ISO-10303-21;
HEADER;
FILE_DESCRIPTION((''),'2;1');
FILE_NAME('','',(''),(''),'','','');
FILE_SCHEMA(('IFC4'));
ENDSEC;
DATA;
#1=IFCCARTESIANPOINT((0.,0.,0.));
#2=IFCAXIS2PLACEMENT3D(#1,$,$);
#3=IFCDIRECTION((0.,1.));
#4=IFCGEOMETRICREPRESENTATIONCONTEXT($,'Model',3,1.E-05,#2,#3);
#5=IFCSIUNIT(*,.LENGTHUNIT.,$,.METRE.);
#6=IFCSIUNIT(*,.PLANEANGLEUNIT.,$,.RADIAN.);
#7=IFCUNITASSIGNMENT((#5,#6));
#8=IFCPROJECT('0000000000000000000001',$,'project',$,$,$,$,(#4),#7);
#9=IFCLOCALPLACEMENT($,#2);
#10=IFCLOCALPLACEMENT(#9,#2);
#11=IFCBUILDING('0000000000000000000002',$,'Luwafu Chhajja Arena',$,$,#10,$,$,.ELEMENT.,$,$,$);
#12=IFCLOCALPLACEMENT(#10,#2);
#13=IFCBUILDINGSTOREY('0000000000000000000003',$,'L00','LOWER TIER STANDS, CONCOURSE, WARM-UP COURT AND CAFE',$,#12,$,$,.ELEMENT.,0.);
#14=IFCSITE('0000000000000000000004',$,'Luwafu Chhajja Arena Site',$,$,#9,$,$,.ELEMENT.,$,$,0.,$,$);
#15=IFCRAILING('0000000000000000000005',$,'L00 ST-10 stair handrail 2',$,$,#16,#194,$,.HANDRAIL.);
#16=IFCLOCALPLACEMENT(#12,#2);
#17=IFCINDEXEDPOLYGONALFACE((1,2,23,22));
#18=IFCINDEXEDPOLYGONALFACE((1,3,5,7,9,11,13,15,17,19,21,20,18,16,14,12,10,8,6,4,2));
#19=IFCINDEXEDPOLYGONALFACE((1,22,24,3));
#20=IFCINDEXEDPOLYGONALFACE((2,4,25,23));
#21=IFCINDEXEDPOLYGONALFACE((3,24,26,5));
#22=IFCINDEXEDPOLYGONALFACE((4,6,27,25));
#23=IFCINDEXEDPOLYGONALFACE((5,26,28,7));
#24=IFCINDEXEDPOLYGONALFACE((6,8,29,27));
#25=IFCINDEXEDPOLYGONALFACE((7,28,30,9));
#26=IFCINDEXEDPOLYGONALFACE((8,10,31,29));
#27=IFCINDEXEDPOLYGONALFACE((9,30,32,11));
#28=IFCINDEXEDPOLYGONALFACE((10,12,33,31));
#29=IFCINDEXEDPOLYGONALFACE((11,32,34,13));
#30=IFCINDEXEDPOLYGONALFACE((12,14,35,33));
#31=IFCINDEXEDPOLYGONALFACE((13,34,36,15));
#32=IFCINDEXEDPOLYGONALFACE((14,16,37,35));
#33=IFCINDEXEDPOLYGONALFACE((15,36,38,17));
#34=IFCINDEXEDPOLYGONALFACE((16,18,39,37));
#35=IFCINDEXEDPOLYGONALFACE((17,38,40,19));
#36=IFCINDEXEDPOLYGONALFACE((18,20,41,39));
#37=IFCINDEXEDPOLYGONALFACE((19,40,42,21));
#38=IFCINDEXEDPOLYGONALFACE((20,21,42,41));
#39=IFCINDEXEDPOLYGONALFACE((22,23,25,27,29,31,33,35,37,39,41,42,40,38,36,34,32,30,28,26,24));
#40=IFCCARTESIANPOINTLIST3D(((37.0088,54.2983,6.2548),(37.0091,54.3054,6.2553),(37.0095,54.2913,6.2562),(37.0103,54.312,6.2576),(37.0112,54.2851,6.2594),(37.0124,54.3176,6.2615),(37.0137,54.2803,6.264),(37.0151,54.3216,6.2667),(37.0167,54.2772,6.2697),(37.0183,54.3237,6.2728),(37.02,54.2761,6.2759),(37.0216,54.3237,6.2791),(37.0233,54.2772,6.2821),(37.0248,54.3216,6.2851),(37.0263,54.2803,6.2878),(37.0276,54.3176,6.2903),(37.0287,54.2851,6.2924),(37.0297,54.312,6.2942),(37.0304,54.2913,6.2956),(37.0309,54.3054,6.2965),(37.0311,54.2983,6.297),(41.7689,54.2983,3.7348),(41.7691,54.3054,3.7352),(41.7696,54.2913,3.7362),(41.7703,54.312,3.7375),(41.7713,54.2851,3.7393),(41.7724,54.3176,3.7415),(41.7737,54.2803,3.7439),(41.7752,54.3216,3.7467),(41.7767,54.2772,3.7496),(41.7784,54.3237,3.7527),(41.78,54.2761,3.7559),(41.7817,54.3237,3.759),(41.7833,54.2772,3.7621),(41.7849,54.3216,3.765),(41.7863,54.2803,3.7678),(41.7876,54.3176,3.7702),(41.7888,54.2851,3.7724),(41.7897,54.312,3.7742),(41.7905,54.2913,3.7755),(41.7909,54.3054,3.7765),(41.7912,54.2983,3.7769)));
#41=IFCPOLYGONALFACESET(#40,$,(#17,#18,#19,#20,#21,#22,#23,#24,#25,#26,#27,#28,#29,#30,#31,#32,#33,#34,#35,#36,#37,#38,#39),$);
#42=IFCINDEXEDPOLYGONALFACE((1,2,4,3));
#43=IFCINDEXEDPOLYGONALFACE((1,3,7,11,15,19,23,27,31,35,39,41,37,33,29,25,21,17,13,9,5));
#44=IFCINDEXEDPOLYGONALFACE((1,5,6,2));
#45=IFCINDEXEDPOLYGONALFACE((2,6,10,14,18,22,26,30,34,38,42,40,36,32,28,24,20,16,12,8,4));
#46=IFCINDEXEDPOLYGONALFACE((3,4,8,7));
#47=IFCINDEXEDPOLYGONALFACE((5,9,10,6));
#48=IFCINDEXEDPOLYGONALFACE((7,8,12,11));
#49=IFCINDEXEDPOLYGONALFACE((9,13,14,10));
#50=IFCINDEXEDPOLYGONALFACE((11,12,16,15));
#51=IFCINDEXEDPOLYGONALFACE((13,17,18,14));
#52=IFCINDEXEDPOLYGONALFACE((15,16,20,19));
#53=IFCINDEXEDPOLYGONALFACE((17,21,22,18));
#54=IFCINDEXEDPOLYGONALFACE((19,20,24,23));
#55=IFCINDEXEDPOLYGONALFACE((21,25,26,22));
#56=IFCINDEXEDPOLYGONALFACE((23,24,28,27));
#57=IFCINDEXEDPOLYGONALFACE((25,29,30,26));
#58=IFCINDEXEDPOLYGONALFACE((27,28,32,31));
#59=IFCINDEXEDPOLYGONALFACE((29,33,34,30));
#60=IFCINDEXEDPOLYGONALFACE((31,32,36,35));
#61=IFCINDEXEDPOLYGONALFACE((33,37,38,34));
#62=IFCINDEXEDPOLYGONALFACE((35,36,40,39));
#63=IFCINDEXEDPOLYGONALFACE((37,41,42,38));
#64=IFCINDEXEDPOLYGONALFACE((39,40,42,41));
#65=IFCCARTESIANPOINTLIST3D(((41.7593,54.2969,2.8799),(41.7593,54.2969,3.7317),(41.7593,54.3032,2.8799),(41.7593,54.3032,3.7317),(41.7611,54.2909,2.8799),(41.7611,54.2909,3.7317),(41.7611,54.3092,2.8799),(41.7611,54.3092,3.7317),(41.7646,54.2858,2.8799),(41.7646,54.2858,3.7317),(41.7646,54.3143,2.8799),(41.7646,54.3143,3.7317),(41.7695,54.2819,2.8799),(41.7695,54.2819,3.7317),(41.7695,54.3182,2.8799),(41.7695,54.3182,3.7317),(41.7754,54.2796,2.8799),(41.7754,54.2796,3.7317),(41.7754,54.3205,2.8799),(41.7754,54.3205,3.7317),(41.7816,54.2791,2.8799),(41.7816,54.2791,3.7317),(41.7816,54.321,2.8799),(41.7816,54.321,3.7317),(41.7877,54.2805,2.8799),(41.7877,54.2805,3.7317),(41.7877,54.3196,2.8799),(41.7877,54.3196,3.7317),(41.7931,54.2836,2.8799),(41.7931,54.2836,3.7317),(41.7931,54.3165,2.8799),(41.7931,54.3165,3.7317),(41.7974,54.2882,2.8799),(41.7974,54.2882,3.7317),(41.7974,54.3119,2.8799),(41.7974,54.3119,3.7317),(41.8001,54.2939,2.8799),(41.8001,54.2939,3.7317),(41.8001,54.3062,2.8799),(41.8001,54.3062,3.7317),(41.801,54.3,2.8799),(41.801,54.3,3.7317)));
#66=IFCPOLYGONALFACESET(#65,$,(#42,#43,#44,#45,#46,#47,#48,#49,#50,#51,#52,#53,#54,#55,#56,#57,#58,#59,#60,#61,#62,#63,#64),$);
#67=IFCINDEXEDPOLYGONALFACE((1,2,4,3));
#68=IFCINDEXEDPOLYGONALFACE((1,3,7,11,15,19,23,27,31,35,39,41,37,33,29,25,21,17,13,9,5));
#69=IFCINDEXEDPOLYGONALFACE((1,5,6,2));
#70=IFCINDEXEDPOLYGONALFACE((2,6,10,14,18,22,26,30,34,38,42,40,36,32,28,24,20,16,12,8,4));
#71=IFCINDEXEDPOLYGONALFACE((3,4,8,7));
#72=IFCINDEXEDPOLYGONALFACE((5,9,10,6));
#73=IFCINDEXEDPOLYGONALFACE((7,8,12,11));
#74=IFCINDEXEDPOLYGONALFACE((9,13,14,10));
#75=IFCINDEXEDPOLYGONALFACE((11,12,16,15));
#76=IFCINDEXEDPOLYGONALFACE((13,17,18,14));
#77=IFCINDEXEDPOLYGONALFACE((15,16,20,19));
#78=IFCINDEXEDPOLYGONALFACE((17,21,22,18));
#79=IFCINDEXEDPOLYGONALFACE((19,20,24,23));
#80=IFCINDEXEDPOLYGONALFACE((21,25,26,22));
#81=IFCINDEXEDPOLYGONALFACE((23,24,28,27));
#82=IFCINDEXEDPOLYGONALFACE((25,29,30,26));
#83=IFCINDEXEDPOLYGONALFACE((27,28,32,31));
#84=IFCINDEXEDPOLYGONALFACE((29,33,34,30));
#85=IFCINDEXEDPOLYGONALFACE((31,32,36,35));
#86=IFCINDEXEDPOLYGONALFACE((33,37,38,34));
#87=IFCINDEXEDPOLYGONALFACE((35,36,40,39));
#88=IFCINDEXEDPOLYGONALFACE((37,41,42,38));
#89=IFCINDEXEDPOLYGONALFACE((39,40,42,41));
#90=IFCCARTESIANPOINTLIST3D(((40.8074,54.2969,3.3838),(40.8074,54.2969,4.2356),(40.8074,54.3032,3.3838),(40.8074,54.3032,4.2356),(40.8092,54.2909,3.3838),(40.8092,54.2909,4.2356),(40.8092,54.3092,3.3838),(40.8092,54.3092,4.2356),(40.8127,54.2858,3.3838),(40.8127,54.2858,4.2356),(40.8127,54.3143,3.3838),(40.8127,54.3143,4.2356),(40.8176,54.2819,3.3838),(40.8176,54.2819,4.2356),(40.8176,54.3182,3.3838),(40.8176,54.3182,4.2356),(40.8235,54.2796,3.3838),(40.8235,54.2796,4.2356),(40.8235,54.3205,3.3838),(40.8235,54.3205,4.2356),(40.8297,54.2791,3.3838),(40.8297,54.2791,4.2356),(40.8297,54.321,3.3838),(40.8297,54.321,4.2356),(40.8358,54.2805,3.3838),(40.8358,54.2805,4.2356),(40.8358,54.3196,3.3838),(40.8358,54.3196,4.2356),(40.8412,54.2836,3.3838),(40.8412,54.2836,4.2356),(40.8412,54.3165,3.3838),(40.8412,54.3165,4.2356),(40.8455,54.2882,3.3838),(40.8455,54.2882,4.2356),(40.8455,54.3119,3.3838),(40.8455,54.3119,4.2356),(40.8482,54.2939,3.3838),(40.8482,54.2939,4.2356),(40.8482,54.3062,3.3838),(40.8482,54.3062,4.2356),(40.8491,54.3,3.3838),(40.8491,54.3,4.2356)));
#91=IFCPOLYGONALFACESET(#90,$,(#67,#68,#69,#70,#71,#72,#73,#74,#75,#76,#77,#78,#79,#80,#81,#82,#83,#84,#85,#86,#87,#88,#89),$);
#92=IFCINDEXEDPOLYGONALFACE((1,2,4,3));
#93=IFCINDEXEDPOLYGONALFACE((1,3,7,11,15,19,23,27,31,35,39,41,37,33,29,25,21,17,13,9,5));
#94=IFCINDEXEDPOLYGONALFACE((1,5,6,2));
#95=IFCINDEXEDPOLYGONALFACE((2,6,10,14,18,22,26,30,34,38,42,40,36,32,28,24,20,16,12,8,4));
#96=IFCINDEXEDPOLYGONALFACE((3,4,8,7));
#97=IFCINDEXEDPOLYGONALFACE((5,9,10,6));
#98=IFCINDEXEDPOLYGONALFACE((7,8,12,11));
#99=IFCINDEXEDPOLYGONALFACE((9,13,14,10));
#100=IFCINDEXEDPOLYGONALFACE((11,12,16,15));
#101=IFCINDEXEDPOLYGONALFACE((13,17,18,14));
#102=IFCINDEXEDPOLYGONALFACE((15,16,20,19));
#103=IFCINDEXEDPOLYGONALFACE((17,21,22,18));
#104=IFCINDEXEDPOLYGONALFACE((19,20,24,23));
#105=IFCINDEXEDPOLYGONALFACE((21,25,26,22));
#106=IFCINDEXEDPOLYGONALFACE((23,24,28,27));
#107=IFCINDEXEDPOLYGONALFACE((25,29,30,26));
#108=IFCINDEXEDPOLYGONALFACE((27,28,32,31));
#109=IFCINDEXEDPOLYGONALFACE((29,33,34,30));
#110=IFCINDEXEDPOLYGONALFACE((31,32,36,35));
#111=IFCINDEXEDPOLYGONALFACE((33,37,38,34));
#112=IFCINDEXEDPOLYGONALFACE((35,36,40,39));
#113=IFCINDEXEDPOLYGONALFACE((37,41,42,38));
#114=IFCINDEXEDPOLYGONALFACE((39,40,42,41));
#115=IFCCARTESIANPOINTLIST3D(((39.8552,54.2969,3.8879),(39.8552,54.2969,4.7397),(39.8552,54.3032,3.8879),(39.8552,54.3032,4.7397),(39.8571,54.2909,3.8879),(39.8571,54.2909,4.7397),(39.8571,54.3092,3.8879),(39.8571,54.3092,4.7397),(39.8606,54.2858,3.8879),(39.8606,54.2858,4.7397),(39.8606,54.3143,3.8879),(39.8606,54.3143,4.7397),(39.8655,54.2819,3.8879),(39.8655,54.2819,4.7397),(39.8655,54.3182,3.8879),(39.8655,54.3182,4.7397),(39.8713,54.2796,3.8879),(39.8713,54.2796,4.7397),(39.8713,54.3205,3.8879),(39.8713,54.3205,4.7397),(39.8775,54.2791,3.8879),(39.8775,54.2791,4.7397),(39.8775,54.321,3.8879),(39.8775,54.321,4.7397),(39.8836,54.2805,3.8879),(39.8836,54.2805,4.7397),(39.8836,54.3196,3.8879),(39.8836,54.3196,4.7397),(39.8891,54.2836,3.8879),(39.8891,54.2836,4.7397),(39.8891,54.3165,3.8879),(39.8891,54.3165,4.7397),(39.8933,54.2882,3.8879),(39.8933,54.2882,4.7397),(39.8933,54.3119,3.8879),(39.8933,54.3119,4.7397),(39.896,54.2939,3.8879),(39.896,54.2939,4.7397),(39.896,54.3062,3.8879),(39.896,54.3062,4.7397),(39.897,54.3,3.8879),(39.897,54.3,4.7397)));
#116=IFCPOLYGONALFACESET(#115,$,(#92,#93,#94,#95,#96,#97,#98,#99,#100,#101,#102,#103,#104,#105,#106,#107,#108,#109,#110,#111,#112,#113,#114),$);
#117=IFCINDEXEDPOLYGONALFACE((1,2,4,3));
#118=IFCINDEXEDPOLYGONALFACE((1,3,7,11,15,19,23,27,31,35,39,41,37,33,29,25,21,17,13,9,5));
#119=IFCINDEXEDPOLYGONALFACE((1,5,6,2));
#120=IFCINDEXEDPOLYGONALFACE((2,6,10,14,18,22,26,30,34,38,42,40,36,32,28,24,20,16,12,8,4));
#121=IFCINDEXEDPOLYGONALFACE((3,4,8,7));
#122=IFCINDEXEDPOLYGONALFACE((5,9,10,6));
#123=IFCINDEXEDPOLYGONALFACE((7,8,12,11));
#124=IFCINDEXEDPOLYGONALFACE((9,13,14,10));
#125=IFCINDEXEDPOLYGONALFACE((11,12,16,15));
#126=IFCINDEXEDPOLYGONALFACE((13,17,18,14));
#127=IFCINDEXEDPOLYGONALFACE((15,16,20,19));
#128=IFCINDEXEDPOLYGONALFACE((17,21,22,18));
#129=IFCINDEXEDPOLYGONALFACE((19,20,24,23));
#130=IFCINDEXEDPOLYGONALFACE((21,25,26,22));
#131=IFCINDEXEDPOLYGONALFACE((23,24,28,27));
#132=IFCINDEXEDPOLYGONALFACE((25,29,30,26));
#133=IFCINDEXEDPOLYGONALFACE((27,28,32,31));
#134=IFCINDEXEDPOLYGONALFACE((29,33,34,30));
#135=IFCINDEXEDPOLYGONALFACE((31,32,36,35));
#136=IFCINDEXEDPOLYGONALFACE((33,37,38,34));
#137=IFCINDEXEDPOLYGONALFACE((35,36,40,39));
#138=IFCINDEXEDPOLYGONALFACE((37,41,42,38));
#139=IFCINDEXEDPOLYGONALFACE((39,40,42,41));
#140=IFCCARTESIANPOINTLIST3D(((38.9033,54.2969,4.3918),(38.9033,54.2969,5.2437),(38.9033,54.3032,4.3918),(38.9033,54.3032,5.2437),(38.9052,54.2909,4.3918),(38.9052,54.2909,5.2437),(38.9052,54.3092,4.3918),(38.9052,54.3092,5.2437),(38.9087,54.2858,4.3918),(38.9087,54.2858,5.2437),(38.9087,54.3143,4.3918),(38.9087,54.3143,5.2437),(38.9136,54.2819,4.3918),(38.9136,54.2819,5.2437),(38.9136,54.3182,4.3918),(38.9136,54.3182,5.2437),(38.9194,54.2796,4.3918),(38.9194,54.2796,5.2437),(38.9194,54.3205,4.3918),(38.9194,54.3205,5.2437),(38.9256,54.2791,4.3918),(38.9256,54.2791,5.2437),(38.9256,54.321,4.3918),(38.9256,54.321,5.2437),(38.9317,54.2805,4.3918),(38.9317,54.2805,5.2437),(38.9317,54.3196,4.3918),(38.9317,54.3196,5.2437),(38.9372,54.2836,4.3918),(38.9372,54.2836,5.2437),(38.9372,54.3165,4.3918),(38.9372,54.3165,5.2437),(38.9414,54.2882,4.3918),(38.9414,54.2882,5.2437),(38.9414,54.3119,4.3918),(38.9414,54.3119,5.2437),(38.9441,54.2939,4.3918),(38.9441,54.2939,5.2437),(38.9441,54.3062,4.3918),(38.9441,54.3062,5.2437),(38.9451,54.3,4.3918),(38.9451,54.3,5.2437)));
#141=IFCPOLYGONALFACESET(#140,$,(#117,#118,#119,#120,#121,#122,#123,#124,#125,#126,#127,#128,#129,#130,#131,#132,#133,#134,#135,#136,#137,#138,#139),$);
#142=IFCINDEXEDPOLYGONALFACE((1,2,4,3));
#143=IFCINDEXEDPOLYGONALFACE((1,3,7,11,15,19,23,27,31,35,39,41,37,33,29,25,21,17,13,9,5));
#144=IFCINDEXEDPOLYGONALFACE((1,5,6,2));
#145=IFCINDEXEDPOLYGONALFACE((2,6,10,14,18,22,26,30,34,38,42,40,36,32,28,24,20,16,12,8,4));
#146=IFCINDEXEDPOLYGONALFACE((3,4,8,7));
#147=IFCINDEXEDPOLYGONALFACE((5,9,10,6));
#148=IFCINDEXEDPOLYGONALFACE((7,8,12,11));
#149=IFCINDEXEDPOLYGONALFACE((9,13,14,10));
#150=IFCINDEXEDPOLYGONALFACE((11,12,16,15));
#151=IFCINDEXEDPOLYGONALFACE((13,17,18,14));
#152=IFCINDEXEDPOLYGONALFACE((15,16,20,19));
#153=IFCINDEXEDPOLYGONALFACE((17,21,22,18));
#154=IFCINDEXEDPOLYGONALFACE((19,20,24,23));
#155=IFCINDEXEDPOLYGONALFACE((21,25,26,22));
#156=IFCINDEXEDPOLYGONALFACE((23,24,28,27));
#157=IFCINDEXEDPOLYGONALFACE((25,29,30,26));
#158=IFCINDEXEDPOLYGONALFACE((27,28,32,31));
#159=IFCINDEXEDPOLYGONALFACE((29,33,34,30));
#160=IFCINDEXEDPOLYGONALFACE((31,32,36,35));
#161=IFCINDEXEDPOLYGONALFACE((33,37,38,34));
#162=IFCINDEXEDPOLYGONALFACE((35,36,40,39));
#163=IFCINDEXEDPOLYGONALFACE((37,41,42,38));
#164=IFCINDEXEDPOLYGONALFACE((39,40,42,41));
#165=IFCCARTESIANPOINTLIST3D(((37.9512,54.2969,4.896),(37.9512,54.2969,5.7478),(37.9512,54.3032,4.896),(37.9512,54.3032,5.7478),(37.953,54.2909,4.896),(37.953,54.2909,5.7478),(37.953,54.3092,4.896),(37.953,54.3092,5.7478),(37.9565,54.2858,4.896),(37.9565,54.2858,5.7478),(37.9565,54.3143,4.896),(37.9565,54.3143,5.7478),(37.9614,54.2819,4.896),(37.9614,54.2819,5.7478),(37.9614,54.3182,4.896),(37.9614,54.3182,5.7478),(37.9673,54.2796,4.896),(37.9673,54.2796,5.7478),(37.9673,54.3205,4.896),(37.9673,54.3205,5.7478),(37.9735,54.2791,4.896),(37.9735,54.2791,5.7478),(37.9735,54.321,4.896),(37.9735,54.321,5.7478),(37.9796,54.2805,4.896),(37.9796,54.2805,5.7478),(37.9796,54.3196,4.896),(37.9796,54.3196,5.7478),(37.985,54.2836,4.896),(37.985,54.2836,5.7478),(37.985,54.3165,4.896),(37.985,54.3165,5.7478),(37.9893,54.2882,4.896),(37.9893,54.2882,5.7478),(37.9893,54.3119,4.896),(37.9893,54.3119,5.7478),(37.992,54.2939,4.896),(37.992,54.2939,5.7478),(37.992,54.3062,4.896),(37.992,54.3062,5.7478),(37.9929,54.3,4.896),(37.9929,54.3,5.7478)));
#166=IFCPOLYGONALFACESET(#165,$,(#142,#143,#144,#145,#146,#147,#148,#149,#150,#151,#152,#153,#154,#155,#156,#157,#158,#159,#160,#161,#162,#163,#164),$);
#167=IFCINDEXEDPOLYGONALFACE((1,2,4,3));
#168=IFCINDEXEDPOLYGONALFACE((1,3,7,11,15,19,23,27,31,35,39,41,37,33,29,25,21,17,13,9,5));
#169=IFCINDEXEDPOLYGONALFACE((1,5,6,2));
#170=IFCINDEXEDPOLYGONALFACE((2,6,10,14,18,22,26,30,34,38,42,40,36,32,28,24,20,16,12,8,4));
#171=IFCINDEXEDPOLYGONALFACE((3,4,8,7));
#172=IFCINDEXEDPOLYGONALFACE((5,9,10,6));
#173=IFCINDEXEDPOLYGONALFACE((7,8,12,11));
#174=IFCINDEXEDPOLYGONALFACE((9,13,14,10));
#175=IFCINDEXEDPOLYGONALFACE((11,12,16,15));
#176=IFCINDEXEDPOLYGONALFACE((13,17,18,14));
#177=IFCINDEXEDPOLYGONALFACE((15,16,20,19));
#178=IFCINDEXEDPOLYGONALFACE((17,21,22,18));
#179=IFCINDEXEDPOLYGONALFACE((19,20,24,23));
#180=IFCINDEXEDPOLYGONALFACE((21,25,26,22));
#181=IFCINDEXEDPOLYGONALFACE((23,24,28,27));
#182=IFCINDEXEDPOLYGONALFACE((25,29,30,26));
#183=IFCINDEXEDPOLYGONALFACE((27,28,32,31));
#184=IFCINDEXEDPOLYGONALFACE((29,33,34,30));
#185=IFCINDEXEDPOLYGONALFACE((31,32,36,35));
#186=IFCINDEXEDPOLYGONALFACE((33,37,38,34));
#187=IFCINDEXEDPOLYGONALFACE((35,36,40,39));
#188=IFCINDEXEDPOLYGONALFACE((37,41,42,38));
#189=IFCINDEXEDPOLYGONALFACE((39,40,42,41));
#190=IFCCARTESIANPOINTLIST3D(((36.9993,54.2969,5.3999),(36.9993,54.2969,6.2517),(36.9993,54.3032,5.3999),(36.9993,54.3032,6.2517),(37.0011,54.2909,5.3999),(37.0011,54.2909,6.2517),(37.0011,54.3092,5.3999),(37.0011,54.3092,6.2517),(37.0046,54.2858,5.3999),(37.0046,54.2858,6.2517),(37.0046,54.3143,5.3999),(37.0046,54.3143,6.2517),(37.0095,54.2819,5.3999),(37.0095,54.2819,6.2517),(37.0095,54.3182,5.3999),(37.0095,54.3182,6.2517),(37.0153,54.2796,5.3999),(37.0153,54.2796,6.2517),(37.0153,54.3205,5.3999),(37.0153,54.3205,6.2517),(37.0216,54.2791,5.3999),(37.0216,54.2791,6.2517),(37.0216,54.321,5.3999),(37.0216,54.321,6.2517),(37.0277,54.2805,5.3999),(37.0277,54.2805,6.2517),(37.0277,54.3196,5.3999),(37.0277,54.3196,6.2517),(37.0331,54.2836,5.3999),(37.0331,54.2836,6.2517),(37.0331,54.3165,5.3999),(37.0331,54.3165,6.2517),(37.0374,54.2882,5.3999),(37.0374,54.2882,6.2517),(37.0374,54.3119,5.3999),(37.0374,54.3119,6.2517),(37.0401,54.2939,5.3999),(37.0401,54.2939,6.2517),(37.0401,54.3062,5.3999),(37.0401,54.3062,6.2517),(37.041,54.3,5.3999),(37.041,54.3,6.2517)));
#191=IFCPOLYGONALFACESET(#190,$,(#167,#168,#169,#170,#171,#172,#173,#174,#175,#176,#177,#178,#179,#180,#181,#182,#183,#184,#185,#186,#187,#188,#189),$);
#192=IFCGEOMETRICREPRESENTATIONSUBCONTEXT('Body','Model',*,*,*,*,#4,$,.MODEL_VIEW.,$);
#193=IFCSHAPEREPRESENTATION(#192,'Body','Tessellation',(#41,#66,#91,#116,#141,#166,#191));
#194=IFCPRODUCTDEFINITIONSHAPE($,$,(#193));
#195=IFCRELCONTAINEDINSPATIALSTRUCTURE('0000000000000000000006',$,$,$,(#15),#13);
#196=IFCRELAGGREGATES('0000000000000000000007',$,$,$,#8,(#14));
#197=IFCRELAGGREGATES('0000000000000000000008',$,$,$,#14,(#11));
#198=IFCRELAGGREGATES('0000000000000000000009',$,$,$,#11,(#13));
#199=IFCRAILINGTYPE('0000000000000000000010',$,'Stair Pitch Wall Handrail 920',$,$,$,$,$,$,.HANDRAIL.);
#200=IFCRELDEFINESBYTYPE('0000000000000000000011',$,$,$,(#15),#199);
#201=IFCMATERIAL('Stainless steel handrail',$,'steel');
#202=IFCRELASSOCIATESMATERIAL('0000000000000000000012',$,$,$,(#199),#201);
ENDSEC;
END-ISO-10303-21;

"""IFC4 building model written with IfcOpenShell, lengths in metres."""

from ifc_helpers import new_model, si_unit, direction, frame, origin, origin_2d, place, context, subcontext, project, spatial, circle, extrude, material, type_object, element, save


model = new_model("IFC4")

# Units and contexts
model_context = context("Model", 3, precision=1e-05, world=origin(), true_north=direction((0.0, 1.0)))
body_context = subcontext(model_context, "Body", "Model", "MODEL_VIEW")
ifc_project = project(units=[si_unit("LENGTHUNIT", "METRE"), si_unit("PLANEANGLEUNIT", "RADIAN")], contexts=[model_context])

# Site, building, storey
site_placement = place(None, origin())
site = spatial("IfcSite", under=ifc_project, at=site_placement, Name="Luwafu Chhajja Arena Site", CompositionType="ELEMENT", RefElevation=0.0)
building_placement = place(site_placement, origin())
building = spatial("IfcBuilding", under=site, at=building_placement, Name="Luwafu Chhajja Arena", CompositionType="ELEMENT")
storey_placement = place(building_placement, origin())
storey = spatial("IfcBuildingStorey", under=building, at=storey_placement, Name="L00", Description="LOWER TIER STANDS, CONCOURSE, WARM-UP COURT AND CAFE", CompositionType="ELEMENT", Elevation=0.0)

# Railing
ifc_material_1 = material(Name="Stainless steel handrail", Category="steel")
railing_type_1 = type_object("IfcRailingType", Name="Stair Pitch Wall Handrail 920", PredefinedType="HANDRAIL", material=ifc_material_1)
railing_1_placement = place(storey_placement, frame((41.78, 54.3, 2.8799)))
element("IfcRailing", 1, at=railing_1_placement, inside=storey, type_object=railing_type_1, Name="L00 ST-10 stair handrail 2", PredefinedType="HANDRAIL", context=body_context, shape_type="SweptSolid", body=[
    extrude(circle(Radius=0.0239, at=origin_2d()), frame((0.0, 0.0, 0.876), z_axis=(-0.883787, 0.0, 0.46789), x_axis=(0.0, -1.0, 0.0)), (0.0, 0.0, 1.0), 5.386),
    extrude(circle(Radius=0.021, at=origin_2d()), origin(), (0.0, 0.0, 1.0), 0.8518),
    extrude(circle(Radius=0.021, at=origin_2d()), frame((-0.9519, 0.0, 0.5039)), (0.0, 0.0, 1.0), 0.8518),
    extrude(circle(Radius=0.021, at=origin_2d()), frame((-1.9041, 0.0, 1.0081)), (0.0, 0.0, 1.0), 0.8518),
    extrude(circle(Radius=0.021, at=origin_2d()), frame((-2.856, 0.0, 1.512)), (0.0, 0.0, 1.0), 0.8518),
    extrude(circle(Radius=0.021, at=origin_2d()), frame((-3.8081, 0.0, 2.0161)), (0.0, 0.0, 1.0), 0.8518),
    extrude(circle(Radius=0.021, at=origin_2d()), frame((-4.76, 0.0, 2.52)), (0.0, 0.0, 1.0), 0.8518),
])

save(model, "model.ifc")
